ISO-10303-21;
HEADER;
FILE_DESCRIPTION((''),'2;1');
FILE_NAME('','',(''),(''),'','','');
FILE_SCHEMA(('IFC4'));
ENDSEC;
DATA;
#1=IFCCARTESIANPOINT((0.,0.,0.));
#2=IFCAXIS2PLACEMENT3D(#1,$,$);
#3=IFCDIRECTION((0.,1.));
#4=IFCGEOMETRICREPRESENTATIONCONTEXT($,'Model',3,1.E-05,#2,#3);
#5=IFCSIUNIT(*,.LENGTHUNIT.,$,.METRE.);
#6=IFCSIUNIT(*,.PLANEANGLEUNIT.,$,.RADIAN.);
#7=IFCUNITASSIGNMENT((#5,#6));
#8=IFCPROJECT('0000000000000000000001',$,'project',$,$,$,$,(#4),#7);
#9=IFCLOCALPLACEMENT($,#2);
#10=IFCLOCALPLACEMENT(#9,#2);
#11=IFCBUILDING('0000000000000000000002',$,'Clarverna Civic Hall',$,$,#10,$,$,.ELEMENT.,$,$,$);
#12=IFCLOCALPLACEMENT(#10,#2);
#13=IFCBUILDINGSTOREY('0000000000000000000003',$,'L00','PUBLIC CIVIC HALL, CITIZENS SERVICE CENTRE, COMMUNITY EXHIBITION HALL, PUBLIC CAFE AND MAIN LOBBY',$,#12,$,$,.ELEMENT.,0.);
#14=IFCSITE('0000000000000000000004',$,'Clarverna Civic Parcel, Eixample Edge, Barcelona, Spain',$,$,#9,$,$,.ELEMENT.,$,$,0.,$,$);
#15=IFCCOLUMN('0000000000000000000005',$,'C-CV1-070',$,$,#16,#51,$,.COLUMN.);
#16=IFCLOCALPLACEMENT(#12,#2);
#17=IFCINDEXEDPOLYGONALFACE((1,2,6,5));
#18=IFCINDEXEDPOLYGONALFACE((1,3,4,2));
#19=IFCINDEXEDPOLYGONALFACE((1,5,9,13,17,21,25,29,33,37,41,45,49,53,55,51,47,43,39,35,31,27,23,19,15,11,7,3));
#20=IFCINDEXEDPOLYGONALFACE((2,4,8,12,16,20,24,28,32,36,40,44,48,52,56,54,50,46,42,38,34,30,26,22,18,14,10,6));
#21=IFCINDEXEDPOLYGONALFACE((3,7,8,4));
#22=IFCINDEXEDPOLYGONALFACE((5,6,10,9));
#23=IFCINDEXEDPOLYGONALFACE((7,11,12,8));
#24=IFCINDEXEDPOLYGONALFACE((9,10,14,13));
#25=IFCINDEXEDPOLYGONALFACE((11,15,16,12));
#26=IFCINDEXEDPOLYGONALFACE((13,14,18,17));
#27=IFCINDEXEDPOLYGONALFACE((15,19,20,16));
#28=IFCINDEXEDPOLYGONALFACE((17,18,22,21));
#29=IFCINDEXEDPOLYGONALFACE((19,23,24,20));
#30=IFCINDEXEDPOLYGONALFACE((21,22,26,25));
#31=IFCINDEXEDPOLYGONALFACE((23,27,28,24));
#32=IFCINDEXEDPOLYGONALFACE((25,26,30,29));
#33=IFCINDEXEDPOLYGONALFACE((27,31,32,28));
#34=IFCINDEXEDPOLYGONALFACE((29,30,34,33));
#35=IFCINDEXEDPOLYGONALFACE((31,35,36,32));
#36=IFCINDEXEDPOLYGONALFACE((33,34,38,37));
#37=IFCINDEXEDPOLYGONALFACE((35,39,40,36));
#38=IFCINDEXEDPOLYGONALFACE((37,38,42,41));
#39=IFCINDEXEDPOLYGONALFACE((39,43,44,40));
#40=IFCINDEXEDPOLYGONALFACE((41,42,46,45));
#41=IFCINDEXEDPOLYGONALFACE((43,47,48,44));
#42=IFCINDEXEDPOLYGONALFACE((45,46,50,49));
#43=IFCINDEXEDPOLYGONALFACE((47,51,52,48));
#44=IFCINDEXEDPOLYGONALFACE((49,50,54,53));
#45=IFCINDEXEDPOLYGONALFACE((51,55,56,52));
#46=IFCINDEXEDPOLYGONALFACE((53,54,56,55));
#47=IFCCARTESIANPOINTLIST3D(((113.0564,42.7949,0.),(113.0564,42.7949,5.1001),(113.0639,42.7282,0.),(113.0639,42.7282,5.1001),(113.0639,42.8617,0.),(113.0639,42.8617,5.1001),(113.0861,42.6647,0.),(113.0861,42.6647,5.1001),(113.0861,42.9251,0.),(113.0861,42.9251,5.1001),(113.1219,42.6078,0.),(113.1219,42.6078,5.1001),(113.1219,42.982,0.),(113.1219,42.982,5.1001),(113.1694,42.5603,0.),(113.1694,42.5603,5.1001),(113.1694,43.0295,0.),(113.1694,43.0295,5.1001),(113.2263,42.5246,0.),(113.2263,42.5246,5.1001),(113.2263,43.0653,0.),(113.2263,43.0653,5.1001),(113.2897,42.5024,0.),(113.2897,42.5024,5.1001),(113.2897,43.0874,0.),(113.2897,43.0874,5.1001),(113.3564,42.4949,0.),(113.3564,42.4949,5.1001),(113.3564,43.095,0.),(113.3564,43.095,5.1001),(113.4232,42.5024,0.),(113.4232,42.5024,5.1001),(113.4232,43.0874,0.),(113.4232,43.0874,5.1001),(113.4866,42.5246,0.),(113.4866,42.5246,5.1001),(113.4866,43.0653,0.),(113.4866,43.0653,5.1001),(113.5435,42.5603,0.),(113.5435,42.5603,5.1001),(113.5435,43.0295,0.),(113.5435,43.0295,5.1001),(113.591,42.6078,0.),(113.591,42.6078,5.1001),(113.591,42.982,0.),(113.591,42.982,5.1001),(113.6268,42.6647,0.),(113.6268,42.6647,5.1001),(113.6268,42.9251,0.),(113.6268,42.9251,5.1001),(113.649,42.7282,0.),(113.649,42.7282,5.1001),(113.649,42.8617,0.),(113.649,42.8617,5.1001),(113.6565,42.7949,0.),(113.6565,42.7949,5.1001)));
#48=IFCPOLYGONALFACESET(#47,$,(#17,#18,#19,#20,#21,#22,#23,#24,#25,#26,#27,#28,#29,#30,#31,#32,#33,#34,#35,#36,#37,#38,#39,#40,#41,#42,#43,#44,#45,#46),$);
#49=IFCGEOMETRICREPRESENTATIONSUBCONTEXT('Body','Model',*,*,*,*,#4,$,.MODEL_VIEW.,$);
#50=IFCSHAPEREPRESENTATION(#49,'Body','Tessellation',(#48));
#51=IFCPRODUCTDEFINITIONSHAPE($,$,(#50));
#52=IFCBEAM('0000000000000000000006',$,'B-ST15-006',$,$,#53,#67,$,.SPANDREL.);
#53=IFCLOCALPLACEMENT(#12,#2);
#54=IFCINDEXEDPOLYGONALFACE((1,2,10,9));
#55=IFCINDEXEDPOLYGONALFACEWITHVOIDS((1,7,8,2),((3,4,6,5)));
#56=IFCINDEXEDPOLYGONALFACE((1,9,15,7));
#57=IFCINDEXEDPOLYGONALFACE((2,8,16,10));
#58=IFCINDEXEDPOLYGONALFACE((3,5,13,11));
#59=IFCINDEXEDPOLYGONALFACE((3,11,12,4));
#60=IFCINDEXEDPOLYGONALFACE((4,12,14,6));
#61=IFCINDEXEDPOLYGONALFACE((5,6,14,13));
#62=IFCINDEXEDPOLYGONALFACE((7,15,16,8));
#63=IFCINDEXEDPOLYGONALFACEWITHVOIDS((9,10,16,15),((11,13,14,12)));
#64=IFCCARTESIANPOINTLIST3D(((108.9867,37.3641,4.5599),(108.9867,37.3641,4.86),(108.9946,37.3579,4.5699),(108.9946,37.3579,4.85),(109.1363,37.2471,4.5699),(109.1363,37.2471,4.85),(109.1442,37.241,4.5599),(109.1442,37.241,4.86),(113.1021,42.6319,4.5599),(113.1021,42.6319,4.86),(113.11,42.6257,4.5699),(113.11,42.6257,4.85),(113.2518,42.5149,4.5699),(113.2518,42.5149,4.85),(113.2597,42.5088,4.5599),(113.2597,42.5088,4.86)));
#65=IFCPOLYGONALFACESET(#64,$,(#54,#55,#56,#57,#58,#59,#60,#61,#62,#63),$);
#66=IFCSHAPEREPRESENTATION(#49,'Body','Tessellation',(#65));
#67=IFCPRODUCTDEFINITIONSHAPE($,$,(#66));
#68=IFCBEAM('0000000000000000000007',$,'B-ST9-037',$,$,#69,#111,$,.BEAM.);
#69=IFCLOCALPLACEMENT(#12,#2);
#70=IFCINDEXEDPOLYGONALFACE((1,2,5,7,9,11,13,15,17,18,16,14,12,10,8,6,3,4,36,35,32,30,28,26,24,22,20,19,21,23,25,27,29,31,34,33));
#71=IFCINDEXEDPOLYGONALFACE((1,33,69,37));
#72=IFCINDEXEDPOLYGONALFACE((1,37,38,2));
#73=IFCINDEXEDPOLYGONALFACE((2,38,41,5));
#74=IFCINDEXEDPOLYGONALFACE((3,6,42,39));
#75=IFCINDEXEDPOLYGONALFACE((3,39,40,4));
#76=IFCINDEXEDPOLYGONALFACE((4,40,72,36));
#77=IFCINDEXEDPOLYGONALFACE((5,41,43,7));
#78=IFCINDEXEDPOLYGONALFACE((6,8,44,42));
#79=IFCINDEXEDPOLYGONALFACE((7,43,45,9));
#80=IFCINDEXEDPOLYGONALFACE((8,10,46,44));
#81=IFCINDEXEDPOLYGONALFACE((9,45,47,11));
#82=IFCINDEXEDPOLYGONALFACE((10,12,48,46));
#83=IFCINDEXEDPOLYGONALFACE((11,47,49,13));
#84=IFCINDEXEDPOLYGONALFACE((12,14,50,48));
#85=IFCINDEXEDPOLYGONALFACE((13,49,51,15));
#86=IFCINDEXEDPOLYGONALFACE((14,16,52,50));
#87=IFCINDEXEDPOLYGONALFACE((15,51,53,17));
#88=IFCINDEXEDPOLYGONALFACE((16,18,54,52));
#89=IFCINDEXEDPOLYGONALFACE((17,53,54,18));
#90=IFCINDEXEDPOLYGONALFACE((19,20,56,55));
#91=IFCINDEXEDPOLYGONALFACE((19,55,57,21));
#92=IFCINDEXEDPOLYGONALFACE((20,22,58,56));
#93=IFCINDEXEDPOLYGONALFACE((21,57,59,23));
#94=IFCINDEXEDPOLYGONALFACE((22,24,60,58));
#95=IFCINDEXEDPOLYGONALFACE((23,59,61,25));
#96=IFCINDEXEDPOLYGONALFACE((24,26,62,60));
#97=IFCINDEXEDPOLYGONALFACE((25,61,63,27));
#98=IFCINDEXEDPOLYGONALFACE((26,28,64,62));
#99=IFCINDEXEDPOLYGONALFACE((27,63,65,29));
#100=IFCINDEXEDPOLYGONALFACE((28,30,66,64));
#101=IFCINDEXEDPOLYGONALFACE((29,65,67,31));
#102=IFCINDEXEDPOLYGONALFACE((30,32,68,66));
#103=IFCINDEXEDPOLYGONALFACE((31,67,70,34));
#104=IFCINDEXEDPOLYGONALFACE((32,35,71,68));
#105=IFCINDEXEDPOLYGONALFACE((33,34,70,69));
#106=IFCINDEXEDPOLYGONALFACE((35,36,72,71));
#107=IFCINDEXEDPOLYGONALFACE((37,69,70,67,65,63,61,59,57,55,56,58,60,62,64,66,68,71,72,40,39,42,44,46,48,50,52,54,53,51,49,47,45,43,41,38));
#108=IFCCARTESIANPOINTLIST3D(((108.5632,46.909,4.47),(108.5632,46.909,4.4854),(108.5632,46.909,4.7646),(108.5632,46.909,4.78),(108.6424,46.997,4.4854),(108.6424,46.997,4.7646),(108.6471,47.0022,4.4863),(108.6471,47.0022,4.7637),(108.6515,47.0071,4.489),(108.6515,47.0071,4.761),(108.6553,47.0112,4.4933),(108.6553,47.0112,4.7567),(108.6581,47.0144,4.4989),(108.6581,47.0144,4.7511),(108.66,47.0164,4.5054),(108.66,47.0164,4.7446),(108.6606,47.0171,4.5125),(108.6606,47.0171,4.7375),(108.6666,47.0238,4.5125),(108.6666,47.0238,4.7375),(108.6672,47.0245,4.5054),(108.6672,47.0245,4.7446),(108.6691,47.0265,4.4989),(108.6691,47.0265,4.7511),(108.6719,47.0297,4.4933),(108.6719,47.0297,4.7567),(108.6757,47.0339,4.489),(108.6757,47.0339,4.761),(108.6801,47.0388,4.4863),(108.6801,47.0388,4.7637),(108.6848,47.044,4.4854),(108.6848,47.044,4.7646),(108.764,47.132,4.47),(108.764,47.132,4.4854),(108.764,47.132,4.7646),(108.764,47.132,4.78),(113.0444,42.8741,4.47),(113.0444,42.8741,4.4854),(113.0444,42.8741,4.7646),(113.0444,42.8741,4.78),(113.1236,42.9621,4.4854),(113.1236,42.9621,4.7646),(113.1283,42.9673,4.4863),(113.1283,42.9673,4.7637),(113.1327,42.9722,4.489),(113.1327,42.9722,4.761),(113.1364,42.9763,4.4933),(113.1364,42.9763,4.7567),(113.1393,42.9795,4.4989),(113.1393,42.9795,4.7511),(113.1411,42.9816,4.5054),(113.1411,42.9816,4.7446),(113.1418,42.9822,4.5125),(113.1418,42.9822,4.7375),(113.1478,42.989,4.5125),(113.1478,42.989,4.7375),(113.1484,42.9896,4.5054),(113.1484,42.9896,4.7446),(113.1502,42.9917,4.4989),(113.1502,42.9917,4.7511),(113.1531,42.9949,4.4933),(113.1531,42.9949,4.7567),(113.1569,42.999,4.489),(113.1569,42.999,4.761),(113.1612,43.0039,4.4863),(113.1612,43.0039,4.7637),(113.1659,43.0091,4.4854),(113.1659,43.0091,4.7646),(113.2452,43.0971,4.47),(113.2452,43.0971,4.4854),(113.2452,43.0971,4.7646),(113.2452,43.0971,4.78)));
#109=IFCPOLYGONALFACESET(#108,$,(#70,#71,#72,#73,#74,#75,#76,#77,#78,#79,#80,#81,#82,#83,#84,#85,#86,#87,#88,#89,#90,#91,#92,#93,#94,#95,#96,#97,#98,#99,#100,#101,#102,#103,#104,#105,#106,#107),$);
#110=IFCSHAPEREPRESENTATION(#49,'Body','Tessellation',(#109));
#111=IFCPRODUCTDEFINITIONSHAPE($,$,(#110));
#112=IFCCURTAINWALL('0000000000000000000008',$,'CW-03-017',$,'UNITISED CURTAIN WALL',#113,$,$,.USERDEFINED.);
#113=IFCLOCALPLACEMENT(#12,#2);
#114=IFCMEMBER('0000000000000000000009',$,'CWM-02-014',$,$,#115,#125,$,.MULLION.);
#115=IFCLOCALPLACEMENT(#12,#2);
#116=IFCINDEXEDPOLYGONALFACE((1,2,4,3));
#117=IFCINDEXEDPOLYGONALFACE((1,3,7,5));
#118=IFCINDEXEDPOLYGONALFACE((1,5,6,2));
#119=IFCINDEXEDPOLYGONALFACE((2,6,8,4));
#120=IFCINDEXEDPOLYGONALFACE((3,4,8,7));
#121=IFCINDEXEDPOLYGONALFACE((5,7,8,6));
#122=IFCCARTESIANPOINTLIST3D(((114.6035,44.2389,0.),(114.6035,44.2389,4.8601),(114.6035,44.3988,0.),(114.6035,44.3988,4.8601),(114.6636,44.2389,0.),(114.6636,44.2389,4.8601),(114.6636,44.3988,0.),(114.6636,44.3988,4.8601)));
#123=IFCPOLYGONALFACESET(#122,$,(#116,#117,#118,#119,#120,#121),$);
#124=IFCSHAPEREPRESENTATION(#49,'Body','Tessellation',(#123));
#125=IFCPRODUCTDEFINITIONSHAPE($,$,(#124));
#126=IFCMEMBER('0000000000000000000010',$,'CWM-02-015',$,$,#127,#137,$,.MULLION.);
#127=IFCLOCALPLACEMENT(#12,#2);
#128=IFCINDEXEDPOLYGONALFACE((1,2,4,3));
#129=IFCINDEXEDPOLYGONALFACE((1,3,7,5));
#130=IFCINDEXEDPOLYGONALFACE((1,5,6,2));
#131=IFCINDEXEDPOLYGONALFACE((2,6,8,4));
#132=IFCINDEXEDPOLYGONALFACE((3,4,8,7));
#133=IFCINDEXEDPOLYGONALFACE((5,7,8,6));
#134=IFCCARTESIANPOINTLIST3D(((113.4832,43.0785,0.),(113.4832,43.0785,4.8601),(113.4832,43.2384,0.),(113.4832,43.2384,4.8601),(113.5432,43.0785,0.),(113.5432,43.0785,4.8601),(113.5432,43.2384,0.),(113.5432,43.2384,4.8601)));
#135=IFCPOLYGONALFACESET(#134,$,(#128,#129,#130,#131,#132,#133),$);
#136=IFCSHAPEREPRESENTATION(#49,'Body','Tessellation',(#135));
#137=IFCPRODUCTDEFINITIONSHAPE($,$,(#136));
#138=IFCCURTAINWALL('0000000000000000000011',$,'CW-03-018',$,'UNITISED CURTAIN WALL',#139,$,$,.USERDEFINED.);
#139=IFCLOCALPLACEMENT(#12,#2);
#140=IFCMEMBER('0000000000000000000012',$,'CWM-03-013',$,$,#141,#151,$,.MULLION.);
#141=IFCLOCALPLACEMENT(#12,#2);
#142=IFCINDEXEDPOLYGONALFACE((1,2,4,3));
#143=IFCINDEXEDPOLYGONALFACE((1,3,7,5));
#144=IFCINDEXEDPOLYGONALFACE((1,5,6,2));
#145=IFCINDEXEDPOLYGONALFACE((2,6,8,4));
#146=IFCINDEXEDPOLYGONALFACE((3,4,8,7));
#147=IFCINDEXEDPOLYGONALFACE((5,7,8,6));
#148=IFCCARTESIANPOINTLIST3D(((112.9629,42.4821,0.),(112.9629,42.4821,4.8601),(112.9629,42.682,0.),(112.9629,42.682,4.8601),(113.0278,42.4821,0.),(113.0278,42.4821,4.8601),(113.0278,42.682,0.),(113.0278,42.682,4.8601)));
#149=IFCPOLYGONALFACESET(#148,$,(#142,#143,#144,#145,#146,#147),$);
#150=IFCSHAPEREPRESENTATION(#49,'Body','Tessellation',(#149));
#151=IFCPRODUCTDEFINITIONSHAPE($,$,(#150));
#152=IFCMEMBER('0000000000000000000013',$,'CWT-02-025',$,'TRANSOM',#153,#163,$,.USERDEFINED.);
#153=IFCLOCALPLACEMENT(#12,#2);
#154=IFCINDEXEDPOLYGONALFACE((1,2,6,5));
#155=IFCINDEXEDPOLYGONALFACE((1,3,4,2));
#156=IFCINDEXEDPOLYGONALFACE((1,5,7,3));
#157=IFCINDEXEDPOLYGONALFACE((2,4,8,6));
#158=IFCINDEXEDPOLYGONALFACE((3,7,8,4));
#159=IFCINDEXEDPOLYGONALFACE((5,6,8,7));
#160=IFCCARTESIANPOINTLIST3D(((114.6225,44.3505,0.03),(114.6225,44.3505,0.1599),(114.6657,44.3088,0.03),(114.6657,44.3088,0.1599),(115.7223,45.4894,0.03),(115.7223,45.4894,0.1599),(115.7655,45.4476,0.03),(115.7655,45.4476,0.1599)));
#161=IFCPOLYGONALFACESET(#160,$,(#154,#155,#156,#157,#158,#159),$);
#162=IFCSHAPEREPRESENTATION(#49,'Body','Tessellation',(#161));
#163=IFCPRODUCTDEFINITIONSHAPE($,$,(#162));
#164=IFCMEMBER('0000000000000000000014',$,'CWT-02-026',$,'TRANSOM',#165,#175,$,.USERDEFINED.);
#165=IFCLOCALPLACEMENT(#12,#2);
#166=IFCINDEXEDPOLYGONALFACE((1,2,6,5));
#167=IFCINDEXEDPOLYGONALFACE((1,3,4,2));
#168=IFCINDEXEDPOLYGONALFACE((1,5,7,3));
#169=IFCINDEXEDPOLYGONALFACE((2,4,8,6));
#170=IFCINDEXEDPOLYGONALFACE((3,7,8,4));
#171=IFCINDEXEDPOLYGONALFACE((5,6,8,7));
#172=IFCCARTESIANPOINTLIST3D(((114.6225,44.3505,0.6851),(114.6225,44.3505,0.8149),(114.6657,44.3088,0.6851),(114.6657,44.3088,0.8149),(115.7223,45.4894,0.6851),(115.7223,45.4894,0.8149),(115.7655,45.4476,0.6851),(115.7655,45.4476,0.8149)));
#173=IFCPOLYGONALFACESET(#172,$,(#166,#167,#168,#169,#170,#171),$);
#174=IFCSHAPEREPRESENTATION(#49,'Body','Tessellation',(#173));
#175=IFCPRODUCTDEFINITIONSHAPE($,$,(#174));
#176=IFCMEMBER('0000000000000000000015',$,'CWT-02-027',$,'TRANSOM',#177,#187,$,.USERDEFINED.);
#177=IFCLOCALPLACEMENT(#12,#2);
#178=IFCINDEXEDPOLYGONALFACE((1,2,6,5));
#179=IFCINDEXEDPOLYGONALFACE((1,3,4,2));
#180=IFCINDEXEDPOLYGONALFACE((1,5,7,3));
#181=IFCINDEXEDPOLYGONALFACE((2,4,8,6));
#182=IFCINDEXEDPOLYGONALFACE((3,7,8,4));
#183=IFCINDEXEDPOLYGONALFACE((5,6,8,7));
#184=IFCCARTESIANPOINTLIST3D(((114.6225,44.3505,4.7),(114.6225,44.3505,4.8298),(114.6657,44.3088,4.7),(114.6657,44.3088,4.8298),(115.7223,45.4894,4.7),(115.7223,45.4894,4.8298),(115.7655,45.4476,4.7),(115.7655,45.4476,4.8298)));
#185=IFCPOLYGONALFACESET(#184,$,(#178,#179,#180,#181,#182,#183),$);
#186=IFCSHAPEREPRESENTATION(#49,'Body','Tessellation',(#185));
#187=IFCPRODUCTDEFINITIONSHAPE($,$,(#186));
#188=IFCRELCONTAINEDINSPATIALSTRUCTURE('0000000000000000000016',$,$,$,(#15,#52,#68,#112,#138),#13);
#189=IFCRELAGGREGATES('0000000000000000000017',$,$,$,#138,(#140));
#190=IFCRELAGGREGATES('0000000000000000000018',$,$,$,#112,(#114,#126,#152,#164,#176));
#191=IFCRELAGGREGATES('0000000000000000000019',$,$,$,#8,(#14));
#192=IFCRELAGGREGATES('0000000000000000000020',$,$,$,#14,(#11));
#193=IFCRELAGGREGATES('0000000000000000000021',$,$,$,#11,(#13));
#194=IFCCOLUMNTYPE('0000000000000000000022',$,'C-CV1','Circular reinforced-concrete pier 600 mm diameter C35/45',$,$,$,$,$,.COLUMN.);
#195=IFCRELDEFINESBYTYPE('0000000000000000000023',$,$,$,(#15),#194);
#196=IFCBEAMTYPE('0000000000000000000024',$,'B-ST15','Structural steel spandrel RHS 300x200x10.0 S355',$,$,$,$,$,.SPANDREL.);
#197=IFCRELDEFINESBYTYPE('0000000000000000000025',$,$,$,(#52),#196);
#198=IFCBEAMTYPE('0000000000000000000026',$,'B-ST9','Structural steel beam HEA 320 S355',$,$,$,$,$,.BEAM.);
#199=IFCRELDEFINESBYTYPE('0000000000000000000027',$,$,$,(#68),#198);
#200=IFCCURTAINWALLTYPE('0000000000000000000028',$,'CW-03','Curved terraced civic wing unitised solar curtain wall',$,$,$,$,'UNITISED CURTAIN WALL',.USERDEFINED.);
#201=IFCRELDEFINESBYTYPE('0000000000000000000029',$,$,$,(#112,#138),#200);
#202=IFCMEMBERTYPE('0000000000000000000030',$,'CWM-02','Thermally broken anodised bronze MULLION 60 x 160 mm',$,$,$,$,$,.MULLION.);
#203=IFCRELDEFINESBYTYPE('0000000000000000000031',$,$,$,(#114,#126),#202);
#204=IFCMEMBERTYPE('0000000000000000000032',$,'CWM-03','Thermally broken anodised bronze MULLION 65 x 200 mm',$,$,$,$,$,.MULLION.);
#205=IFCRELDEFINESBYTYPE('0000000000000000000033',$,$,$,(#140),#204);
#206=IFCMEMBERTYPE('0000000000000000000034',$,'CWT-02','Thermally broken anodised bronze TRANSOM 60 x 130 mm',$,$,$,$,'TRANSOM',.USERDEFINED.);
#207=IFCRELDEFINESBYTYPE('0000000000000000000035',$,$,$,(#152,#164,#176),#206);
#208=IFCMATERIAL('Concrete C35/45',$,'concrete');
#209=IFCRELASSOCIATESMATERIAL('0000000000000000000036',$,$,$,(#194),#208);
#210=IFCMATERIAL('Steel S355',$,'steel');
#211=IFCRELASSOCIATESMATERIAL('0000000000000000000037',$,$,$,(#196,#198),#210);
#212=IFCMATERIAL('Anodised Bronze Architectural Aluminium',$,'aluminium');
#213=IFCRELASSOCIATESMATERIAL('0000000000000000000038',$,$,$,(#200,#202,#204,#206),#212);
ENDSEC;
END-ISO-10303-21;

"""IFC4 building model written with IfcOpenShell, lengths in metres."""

from ifc_helpers import new_model, si_unit, direction, frame, origin, origin_2d, place, context, subcontext, project, spatial, rectangle, hollow_rectangle, circle, i_section, extrude, material, material_profile, profile_set, type_object, element, aggregate, save


model = new_model("IFC4")

# Units and contexts
model_context = context("Model", 3, precision=1e-05, world=origin(), true_north=direction((0.0, 1.0)))
body_context = subcontext(model_context, "Body", "Model", "MODEL_VIEW")
ifc_project = project(units=[si_unit("LENGTHUNIT", "METRE"), si_unit("PLANEANGLEUNIT", "RADIAN")], contexts=[model_context])

# Site, building, storey
site_placement = place(None, origin())
site = spatial("IfcSite", under=ifc_project, at=site_placement, Name="Clarverna Civic Parcel, Eixample Edge, Barcelona, Spain", CompositionType="ELEMENT", RefElevation=0.0)
building_placement = place(site_placement, origin())
building = spatial("IfcBuilding", under=site, at=building_placement, Name="Clarverna Civic Hall", CompositionType="ELEMENT")
storey_placement = place(building_placement, origin())
storey = spatial("IfcBuildingStorey", under=building, at=storey_placement, Name="L00", Description="PUBLIC CIVIC HALL, CITIZENS SERVICE CENTRE, COMMUNITY EXHIBITION HALL, PUBLIC CAFE AND MAIN LOBBY", CompositionType="ELEMENT", Elevation=0.0)

# Column
ifc_material_1 = material(Name="Concrete C35/45", Category="concrete")
ifc_material_profile_1 = material_profile(ifc_material_1, circle(Radius=0.3, at=origin_2d()), Name="RC D600")
ifc_profile_set_1 = profile_set([ifc_material_profile_1], Name="Concrete C35/45")
column_type = type_object("IfcColumnType", Name="C-CV1", Description="Circular reinforced-concrete pier 600 mm diameter C35/45", PredefinedType="COLUMN", material=ifc_profile_set_1)
column_placement = place(storey_placement, frame((113.3564, 42.7949, 0.0), z_axis=(0.0, 0.0, 1.0), x_axis=(1.0, 0.0, 0.0)))
element("IfcColumn", 1, at=column_placement, inside=storey, type_object=column_type, Name="C-CV1-070", PredefinedType="COLUMN", context=body_context, shape_type="SweptSolid", body=[
    extrude(circle(Radius=0.3, at=origin_2d()), origin(), (0.0, 0.0, 1.0), 5.1001),
])

# Beams
ifc_material_2 = material(Name="Steel S355", Category="steel")
ifc_material_profile_2 = material_profile(ifc_material_2, hollow_rectangle(XDim=0.2, YDim=0.3, WallThickness=0.01, at=origin_2d()), Name="RHS 300x200x10.0")
ifc_profile_set_2 = profile_set([ifc_material_profile_2], Name="Steel S355")
beam_type_1 = type_object("IfcBeamType", Name="B-ST15", Description="Structural steel spandrel RHS 300x200x10.0 S355", PredefinedType="SPANDREL", material=ifc_profile_set_2)
beam_1_placement = place(storey_placement, frame((113.1809, 42.5703, 4.71), z_axis=(-0.615643, -0.788025, 0.0), x_axis=(0.788025, -0.615643, 0.0)))
element("IfcBeam", 2, at=beam_1_placement, inside=storey, type_object=beam_type_1, Name="B-ST15-006", PredefinedType="SPANDREL", context=body_context, shape_type="SweptSolid", body=[
    extrude(hollow_rectangle(XDim=0.2, YDim=0.3, WallThickness=0.01, at=origin_2d()), origin(), (0.0, 0.0, 1.0), 6.6848),
])
ifc_material_profile_3 = material_profile(ifc_material_2, i_section(OverallWidth=0.3, OverallDepth=0.3101, WebThickness=0.009, FlangeThickness=0.0154, FilletRadius=0.0271, at=origin_2d()), Name="HEA 320")
ifc_profile_set_3 = profile_set([ifc_material_profile_3], Name="Steel S355")
beam_type_2 = type_object("IfcBeamType", Name="B-ST9", Description="Structural steel beam HEA 320 S355", PredefinedType="BEAM", material=ifc_profile_set_3)
beam_2_placement = place(storey_placement, frame((113.1448, 42.9856, 4.625), z_axis=(-0.743143, 0.669132, 0.0), x_axis=(-0.669132, -0.743143, 0.0)))
element("IfcBeam", 3, at=beam_2_placement, inside=storey, type_object=beam_type_2, Name="B-ST9-037", PredefinedType="BEAM", context=body_context, shape_type="SweptSolid", body=[
    extrude(i_section(OverallWidth=0.3, OverallDepth=0.3101, WebThickness=0.009, FlangeThickness=0.0154, FilletRadius=0.0271, at=origin_2d()), origin(), (0.0, 0.0, 1.0), 6.03),
])

# Curtain wall, members
ifc_material_3 = material(Name="Anodised Bronze Architectural Aluminium", Category="aluminium")
curtain_wall_type = type_object("IfcCurtainWallType", Name="CW-03", Description="Curved terraced civic wing unitised solar curtain wall", ElementType="UNITISED CURTAIN WALL", PredefinedType="USERDEFINED", material=ifc_material_3)
curtain_wall_1_placement = place(storey_placement, origin())
curtain_wall_1 = element("IfcCurtainWall", 4, at=curtain_wall_1_placement, inside=storey, type_object=curtain_wall_type, Name="CW-03-017", ObjectType="UNITISED CURTAIN WALL", PredefinedType="USERDEFINED")
ifc_material_profile_4 = material_profile(ifc_material_3, rectangle(XDim=0.0601, YDim=0.1599, at=origin_2d()), Name="BRONZE 60x160")
ifc_profile_set_4 = profile_set([ifc_material_profile_4], Name="Anodised Bronze Architectural Aluminium")
member_type_1 = type_object("IfcMemberType", Name="CWM-02", Description="Thermally broken anodised bronze MULLION 60 x 160 mm", PredefinedType="MULLION", material=ifc_profile_set_4)
member_1_placement = place(storey_placement, frame((114.6335, 44.3188, 0.0), z_axis=(0.0, 0.0, 1.0), x_axis=(1.0, 0.0, 0.0)))
member_1 = element("IfcMember", 5, at=member_1_placement, type_object=member_type_1, Name="CWM-02-014", PredefinedType="MULLION", context=body_context, shape_type="SweptSolid", body=[
    extrude(rectangle(XDim=0.0601, YDim=0.1599, at=origin_2d()), origin(), (0.0, 0.0, 1.0), 4.8601),
])
member_2_placement = place(storey_placement, frame((113.5132, 43.1584, 0.0), z_axis=(0.0, 0.0, 1.0), x_axis=(1.0, 0.0, 0.0)))
member_2 = element("IfcMember", 6, at=member_2_placement, type_object=member_type_1, Name="CWM-02-015", PredefinedType="MULLION", context=body_context, shape_type="SweptSolid", body=[
    extrude(rectangle(XDim=0.0601, YDim=0.1599, at=origin_2d()), origin(), (0.0, 0.0, 1.0), 4.8601),
])

# Curtain wall, member
curtain_wall_2_placement = place(storey_placement, origin())
curtain_wall_2 = element("IfcCurtainWall", 7, at=curtain_wall_2_placement, inside=storey, type_object=curtain_wall_type, Name="CW-03-018", ObjectType="UNITISED CURTAIN WALL", PredefinedType="USERDEFINED")
ifc_material_profile_5 = material_profile(ifc_material_3, rectangle(XDim=0.0649, YDim=0.2, at=origin_2d()), Name="BRONZE 65x200")
ifc_profile_set_5 = profile_set([ifc_material_profile_5], Name="Anodised Bronze Architectural Aluminium")
member_type_2 = type_object("IfcMemberType", Name="CWM-03", Description="Thermally broken anodised bronze MULLION 65 x 200 mm", PredefinedType="MULLION", material=ifc_profile_set_5)
member_3_placement = place(storey_placement, frame((112.9954, 42.582, 0.0), z_axis=(0.0, 0.0, 1.0), x_axis=(1.0, 0.0, 0.0)))
member_3 = element("IfcMember", 8, at=member_3_placement, type_object=member_type_2, Name="CWM-03-013", PredefinedType="MULLION", context=body_context, shape_type="SweptSolid", body=[
    extrude(rectangle(XDim=0.0649, YDim=0.2, at=origin_2d()), origin(), (0.0, 0.0, 1.0), 4.8601),
])

# Members
ifc_material_profile_6 = material_profile(ifc_material_3, rectangle(XDim=0.0601, YDim=0.1299, at=origin_2d()), Name="BRONZE 60x130")
ifc_profile_set_6 = profile_set([ifc_material_profile_6], Name="Anodised Bronze Architectural Aluminium")
member_type_3 = type_object("IfcMemberType", Name="CWT-02", Description="Thermally broken anodised bronze TRANSOM 60 x 130 mm", ElementType="TRANSOM", PredefinedType="USERDEFINED", material=ifc_profile_set_6)
member_4_placement = place(storey_placement, frame((115.7439, 45.4685, 0.095), z_axis=(-0.694663, -0.719335, 0.0), x_axis=(0.719335, -0.694663, 0.0)))
member_4 = element("IfcMember", 9, at=member_4_placement, type_object=member_type_3, Name="CWT-02-025", ObjectType="TRANSOM", PredefinedType="USERDEFINED", context=body_context, shape_type="SweptSolid", body=[
    extrude(rectangle(XDim=0.0601, YDim=0.1299, at=origin_2d()), origin(), (0.0, 0.0, 1.0), 1.5833),
])
member_5_placement = place(storey_placement, frame((115.7439, 45.4685, 0.75), z_axis=(-0.694663, -0.719335, 0.0), x_axis=(0.719335, -0.694663, 0.0)))
member_5 = element("IfcMember", 10, at=member_5_placement, type_object=member_type_3, Name="CWT-02-026", ObjectType="TRANSOM", PredefinedType="USERDEFINED", context=body_context, shape_type="SweptSolid", body=[
    extrude(rectangle(XDim=0.0601, YDim=0.1299, at=origin_2d()), origin(), (0.0, 0.0, 1.0), 1.5833),
])
member_6_placement = place(storey_placement, frame((115.7439, 45.4685, 4.7649), z_axis=(-0.694663, -0.719335, 0.0), x_axis=(0.719335, -0.694663, 0.0)))
member_6 = element("IfcMember", 11, at=member_6_placement, type_object=member_type_3, Name="CWT-02-027", ObjectType="TRANSOM", PredefinedType="USERDEFINED", context=body_context, shape_type="SweptSolid", body=[
    extrude(rectangle(XDim=0.0601, YDim=0.1299, at=origin_2d()), origin(), (0.0, 0.0, 1.0), 1.5833),
])

aggregate(curtain_wall_2, [member_3])
aggregate(curtain_wall_1, [member_1, member_2, member_4, member_5, member_6])

save(model, "model.ifc")
